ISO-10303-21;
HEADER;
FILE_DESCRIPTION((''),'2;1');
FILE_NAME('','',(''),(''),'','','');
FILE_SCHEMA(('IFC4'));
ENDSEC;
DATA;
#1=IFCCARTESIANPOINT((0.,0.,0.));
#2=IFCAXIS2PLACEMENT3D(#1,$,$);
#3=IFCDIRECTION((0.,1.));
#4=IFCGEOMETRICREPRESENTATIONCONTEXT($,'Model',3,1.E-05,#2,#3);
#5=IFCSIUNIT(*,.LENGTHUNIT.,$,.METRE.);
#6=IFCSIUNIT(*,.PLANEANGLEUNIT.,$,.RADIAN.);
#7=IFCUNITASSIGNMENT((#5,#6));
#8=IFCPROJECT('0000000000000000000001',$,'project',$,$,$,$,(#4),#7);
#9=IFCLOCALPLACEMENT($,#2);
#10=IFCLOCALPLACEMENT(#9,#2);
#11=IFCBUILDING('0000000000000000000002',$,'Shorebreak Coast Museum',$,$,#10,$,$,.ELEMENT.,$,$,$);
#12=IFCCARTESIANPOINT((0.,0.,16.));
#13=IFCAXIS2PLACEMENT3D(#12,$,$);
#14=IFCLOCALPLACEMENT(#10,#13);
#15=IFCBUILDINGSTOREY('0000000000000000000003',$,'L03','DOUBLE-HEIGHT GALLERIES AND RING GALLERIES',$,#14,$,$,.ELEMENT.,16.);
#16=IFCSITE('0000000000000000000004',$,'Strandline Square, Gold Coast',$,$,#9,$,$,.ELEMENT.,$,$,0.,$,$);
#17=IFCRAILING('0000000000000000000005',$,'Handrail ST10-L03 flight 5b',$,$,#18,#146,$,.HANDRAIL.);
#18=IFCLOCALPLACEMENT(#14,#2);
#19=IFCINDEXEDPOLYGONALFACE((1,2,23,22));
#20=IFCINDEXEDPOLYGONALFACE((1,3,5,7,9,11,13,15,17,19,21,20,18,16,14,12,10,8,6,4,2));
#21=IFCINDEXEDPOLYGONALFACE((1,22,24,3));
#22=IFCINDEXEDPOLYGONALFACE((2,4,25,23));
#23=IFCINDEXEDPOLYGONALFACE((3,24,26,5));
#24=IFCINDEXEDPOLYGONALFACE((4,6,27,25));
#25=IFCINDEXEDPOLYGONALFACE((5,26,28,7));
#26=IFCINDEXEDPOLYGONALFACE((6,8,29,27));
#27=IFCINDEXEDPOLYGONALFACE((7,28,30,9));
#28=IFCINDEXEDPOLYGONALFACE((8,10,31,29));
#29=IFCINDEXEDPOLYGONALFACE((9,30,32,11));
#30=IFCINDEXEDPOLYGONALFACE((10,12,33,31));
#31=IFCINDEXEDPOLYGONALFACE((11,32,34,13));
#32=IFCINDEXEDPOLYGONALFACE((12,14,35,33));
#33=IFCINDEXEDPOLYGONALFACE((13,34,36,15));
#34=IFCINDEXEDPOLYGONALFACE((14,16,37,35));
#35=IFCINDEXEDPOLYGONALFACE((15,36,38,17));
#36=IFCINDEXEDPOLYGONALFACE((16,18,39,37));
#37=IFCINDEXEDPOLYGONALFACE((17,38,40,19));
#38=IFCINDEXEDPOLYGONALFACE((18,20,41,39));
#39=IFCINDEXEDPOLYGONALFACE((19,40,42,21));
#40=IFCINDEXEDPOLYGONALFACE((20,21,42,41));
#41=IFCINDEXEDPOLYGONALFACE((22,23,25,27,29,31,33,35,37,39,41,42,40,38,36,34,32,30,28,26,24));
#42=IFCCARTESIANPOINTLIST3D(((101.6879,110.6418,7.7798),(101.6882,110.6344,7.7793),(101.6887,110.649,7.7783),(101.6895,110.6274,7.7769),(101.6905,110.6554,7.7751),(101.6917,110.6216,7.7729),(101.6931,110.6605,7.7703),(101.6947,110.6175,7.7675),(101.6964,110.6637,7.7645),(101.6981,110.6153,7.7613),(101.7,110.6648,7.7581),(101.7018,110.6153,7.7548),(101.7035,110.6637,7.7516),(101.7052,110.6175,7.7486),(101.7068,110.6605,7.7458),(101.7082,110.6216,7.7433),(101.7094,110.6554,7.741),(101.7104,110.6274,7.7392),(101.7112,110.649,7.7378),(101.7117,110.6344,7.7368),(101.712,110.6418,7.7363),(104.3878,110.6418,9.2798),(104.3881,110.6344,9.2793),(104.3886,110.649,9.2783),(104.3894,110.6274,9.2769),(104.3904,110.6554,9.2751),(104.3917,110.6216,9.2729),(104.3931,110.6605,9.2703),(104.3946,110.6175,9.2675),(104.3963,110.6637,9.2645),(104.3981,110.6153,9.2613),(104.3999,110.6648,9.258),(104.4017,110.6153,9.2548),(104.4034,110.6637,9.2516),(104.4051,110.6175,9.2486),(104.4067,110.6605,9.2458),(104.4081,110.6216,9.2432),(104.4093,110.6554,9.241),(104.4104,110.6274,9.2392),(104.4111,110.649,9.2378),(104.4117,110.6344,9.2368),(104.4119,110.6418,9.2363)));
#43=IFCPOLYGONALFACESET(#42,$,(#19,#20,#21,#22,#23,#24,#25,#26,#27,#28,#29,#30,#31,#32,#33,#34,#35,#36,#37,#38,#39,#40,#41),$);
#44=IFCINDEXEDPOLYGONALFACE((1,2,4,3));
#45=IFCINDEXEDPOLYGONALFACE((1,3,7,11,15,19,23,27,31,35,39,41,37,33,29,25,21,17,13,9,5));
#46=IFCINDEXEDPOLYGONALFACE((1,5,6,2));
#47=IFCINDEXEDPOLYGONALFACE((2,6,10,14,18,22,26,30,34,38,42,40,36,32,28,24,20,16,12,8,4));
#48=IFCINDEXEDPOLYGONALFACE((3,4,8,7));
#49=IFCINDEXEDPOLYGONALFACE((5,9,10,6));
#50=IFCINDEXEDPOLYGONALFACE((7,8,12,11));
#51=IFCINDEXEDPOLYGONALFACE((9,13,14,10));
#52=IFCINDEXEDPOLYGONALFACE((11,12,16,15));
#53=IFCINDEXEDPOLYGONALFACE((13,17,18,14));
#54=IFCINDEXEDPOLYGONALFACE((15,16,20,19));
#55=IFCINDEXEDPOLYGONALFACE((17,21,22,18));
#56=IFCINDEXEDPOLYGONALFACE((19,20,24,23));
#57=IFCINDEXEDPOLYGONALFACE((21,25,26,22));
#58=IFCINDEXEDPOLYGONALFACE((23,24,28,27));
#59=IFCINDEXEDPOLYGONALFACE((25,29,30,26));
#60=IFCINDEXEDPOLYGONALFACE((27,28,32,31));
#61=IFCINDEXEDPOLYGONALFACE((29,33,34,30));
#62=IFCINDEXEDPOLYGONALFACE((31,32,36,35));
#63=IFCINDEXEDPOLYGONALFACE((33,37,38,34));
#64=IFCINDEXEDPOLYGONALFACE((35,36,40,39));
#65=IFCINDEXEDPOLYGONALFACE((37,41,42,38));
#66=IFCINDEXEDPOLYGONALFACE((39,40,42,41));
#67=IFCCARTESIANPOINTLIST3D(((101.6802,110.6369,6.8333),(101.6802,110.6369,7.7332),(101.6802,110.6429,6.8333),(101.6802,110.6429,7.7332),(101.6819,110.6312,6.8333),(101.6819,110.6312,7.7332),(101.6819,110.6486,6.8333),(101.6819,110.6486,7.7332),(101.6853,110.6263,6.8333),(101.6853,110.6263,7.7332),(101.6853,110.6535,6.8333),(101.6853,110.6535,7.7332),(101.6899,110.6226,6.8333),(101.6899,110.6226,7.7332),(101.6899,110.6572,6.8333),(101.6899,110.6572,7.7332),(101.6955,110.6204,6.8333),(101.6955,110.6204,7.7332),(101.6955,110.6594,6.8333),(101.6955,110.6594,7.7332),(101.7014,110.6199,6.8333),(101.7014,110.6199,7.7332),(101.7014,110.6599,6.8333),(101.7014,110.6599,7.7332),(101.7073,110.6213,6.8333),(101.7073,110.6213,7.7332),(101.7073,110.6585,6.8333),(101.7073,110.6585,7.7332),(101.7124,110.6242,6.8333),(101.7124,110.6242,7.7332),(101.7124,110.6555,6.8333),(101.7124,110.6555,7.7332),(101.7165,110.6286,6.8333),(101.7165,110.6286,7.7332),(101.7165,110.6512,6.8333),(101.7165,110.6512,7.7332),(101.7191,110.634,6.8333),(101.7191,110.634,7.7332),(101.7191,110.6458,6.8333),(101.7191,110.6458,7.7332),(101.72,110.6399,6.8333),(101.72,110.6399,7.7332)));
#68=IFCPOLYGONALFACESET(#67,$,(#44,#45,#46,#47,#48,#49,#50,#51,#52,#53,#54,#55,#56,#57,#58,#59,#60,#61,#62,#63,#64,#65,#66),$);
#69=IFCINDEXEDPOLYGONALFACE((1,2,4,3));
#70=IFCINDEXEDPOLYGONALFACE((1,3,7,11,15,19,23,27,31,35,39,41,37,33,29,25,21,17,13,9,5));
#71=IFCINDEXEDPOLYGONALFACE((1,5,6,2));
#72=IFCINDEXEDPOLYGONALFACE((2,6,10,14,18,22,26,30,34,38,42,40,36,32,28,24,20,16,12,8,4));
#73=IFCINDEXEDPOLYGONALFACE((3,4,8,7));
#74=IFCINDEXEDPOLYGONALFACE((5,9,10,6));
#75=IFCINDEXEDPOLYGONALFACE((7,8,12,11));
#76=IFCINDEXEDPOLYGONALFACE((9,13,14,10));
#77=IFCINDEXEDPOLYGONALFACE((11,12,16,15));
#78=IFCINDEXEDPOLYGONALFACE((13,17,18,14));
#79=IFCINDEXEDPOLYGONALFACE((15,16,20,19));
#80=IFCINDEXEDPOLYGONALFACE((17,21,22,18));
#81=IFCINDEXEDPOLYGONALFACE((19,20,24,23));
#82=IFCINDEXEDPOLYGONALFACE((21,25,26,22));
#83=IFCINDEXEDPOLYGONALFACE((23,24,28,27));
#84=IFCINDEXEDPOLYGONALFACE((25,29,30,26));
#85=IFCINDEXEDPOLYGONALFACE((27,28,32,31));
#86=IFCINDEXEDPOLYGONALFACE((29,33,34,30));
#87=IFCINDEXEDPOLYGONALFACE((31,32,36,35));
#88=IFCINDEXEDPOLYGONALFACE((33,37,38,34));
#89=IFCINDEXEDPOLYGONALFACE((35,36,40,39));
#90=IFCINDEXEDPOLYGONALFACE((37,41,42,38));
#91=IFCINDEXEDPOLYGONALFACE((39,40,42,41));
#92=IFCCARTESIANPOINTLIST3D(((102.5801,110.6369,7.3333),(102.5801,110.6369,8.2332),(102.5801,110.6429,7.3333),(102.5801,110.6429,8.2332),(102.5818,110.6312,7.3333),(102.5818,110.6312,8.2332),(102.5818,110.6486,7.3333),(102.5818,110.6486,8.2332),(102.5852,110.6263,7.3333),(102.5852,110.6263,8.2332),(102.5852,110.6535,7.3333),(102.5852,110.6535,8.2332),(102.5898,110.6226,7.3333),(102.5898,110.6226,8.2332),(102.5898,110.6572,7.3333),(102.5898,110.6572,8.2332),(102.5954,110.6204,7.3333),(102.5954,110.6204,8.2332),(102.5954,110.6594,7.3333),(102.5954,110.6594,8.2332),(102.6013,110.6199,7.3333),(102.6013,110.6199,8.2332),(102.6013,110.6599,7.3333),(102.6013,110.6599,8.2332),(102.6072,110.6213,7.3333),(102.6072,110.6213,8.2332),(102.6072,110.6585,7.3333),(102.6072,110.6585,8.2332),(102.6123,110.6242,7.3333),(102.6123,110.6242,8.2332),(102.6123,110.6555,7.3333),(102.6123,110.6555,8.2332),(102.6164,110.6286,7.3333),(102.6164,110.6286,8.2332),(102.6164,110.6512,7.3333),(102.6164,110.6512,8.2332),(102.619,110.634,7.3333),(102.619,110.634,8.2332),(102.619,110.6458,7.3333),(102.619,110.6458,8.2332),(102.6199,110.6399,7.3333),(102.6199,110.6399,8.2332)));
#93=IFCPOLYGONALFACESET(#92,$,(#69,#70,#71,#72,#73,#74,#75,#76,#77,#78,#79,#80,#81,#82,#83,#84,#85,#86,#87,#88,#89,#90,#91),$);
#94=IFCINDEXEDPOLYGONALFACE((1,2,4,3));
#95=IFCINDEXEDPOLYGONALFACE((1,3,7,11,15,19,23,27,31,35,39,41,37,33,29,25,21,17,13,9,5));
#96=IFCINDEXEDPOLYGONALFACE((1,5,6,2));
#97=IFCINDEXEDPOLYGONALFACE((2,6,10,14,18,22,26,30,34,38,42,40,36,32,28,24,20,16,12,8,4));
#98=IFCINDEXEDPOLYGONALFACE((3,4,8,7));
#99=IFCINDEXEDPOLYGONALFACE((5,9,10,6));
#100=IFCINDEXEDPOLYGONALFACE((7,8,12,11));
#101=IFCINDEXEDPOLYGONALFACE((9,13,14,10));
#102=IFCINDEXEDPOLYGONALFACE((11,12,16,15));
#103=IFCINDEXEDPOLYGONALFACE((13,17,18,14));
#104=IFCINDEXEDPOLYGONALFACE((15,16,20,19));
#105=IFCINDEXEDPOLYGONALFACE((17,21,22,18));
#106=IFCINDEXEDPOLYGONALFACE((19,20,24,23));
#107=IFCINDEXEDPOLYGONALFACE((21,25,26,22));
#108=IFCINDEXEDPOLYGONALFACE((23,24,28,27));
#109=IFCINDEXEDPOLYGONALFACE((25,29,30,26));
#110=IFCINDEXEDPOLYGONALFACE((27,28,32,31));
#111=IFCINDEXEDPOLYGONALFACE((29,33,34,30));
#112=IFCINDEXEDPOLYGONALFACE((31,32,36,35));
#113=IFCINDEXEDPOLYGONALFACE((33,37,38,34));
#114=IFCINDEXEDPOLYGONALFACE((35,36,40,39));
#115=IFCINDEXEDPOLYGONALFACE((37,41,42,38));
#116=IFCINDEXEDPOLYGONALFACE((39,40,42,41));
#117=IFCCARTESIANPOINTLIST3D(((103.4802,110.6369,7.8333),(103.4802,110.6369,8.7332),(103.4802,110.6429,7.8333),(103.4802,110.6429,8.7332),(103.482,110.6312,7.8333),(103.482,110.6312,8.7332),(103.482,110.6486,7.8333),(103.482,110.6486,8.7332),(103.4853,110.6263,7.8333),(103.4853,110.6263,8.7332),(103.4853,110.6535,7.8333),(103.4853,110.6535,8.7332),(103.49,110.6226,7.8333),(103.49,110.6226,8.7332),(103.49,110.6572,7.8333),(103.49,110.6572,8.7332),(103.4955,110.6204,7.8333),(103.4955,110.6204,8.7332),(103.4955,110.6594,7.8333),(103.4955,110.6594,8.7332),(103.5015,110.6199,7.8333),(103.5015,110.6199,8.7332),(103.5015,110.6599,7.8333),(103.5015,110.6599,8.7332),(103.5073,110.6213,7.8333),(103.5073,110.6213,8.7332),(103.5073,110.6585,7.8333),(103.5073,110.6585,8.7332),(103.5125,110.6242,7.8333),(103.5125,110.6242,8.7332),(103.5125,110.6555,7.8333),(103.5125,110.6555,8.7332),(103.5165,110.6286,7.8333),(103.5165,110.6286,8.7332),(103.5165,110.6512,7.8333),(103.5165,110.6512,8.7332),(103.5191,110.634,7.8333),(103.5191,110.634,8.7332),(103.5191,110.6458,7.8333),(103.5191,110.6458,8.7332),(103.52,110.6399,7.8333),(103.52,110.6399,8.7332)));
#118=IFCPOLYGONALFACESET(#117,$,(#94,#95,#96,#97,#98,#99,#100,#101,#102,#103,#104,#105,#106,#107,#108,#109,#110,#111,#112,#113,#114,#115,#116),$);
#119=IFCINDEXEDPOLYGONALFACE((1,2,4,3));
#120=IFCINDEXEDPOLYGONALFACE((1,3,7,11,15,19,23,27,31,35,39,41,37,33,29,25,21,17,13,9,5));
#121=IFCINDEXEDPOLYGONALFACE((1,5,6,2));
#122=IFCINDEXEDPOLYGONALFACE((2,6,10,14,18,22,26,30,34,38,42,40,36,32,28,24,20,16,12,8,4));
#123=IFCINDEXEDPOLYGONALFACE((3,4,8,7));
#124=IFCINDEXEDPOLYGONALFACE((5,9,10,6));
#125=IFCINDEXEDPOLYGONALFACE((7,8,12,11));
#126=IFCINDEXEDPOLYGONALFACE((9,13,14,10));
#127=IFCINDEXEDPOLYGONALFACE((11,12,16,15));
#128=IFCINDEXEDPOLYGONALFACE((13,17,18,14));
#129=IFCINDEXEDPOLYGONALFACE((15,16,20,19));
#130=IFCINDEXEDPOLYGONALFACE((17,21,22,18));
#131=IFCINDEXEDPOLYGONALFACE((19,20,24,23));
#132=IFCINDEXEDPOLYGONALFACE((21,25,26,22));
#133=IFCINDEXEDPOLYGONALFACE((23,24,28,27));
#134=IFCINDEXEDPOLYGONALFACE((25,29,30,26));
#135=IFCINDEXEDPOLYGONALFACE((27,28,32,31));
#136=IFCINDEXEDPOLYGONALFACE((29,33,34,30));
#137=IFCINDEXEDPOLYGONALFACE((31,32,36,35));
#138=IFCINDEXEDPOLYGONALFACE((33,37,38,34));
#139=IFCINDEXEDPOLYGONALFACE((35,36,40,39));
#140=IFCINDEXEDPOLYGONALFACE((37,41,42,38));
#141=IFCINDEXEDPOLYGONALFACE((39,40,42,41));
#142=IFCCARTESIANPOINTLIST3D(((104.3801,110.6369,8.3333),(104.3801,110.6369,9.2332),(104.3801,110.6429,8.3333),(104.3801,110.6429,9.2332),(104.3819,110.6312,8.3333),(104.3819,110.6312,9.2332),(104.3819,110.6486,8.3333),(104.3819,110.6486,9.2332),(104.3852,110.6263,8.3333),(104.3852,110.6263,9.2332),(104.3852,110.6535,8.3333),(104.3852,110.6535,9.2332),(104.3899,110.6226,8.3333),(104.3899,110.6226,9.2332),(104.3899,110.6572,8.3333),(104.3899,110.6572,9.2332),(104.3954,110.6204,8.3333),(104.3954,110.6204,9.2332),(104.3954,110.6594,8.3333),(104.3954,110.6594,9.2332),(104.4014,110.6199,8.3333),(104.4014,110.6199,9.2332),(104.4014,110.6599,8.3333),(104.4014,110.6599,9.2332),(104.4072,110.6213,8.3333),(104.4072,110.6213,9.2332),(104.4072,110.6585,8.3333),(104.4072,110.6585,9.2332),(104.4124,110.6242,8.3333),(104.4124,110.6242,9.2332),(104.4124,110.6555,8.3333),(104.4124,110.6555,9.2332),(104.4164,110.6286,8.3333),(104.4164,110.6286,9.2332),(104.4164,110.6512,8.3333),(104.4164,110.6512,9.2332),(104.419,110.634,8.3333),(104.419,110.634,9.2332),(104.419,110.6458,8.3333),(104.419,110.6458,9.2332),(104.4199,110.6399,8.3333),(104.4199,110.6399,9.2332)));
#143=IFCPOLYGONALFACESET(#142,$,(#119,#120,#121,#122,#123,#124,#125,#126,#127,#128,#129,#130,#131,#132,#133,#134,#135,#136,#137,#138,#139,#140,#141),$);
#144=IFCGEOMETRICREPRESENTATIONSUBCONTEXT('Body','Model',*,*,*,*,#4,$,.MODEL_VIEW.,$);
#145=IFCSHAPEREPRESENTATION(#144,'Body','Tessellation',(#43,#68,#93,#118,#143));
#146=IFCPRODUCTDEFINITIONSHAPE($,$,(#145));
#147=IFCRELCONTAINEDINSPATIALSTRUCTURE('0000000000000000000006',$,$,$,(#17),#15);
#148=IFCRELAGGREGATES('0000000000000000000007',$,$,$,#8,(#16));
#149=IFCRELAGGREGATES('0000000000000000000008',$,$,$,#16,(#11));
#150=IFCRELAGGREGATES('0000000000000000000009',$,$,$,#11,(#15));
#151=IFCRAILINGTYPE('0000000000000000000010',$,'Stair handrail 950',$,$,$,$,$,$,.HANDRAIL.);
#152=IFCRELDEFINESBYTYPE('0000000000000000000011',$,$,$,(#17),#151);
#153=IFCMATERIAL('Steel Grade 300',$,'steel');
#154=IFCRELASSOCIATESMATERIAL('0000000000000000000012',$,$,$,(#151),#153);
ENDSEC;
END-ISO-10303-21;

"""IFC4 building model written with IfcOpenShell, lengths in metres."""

from ifc_helpers import new_model, si_unit, direction, frame, origin, origin_2d, place, context, subcontext, project, spatial, circle, extrude, material, type_object, element, save


model = new_model("IFC4")

# Units and contexts
model_context = context("Model", 3, precision=1e-05, world=origin(), true_north=direction((0.0, 1.0)))
body_context = subcontext(model_context, "Body", "Model", "MODEL_VIEW")
ifc_project = project(units=[si_unit("LENGTHUNIT", "METRE"), si_unit("PLANEANGLEUNIT", "RADIAN")], contexts=[model_context])

# Site, building, storey
site_placement = place(None, origin())
site = spatial("IfcSite", under=ifc_project, at=site_placement, Name="Strandline Square, Gold Coast", CompositionType="ELEMENT", RefElevation=0.0)
building_placement = place(site_placement, origin())
building = spatial("IfcBuilding", under=site, at=building_placement, Name="Shorebreak Coast Museum", CompositionType="ELEMENT")
storey_placement = place(building_placement, frame((0.0, 0.0, 16.0)))
storey = spatial("IfcBuildingStorey", under=building, at=storey_placement, Name="L03", Description="DOUBLE-HEIGHT GALLERIES AND RING GALLERIES", CompositionType="ELEMENT", Elevation=16.0)

# Railing
ifc_material_1 = material(Name="Steel Grade 300", Category="steel")
railing_type_1 = type_object("IfcRailingType", Name="Stair handrail 950", PredefinedType="HANDRAIL", material=ifc_material_1)
for number, where, name in (
    (1, (101.7, 110.6399, 6.8333), "Handrail ST10-L03 flight 5b"),
):
    element("IfcRailing", number, at=place(storey_placement, frame(where)), inside=storey, type_object=railing_type_1, Name=name, PredefinedType="HANDRAIL", context=body_context, shape_type="SweptSolid", body=[
        extrude(circle(Radius=0.0249, at=origin_2d()), frame((0.0, 0.0, 0.9248), z_axis=(0.874154, 0.0, 0.48565), x_axis=(0.0, 1.0, 0.0)), (0.0, 0.0, 1.0), 3.0886),
        extrude(circle(Radius=0.02, at=origin_2d()), origin(), (0.0, 0.0, 1.0), 0.8999),
        extrude(circle(Radius=0.02, at=origin_2d()), frame((0.8999, 0.0, 0.5)), (0.0, 0.0, 1.0), 0.8999),
        extrude(circle(Radius=0.02, at=origin_2d()), frame((1.8, 0.0, 1.0)), (0.0, 0.0, 1.0), 0.8999),
        extrude(circle(Radius=0.02, at=origin_2d()), frame((2.7, 0.0, 1.5)), (0.0, 0.0, 1.0), 0.8999),
    ])

save(model, "model.ifc")
